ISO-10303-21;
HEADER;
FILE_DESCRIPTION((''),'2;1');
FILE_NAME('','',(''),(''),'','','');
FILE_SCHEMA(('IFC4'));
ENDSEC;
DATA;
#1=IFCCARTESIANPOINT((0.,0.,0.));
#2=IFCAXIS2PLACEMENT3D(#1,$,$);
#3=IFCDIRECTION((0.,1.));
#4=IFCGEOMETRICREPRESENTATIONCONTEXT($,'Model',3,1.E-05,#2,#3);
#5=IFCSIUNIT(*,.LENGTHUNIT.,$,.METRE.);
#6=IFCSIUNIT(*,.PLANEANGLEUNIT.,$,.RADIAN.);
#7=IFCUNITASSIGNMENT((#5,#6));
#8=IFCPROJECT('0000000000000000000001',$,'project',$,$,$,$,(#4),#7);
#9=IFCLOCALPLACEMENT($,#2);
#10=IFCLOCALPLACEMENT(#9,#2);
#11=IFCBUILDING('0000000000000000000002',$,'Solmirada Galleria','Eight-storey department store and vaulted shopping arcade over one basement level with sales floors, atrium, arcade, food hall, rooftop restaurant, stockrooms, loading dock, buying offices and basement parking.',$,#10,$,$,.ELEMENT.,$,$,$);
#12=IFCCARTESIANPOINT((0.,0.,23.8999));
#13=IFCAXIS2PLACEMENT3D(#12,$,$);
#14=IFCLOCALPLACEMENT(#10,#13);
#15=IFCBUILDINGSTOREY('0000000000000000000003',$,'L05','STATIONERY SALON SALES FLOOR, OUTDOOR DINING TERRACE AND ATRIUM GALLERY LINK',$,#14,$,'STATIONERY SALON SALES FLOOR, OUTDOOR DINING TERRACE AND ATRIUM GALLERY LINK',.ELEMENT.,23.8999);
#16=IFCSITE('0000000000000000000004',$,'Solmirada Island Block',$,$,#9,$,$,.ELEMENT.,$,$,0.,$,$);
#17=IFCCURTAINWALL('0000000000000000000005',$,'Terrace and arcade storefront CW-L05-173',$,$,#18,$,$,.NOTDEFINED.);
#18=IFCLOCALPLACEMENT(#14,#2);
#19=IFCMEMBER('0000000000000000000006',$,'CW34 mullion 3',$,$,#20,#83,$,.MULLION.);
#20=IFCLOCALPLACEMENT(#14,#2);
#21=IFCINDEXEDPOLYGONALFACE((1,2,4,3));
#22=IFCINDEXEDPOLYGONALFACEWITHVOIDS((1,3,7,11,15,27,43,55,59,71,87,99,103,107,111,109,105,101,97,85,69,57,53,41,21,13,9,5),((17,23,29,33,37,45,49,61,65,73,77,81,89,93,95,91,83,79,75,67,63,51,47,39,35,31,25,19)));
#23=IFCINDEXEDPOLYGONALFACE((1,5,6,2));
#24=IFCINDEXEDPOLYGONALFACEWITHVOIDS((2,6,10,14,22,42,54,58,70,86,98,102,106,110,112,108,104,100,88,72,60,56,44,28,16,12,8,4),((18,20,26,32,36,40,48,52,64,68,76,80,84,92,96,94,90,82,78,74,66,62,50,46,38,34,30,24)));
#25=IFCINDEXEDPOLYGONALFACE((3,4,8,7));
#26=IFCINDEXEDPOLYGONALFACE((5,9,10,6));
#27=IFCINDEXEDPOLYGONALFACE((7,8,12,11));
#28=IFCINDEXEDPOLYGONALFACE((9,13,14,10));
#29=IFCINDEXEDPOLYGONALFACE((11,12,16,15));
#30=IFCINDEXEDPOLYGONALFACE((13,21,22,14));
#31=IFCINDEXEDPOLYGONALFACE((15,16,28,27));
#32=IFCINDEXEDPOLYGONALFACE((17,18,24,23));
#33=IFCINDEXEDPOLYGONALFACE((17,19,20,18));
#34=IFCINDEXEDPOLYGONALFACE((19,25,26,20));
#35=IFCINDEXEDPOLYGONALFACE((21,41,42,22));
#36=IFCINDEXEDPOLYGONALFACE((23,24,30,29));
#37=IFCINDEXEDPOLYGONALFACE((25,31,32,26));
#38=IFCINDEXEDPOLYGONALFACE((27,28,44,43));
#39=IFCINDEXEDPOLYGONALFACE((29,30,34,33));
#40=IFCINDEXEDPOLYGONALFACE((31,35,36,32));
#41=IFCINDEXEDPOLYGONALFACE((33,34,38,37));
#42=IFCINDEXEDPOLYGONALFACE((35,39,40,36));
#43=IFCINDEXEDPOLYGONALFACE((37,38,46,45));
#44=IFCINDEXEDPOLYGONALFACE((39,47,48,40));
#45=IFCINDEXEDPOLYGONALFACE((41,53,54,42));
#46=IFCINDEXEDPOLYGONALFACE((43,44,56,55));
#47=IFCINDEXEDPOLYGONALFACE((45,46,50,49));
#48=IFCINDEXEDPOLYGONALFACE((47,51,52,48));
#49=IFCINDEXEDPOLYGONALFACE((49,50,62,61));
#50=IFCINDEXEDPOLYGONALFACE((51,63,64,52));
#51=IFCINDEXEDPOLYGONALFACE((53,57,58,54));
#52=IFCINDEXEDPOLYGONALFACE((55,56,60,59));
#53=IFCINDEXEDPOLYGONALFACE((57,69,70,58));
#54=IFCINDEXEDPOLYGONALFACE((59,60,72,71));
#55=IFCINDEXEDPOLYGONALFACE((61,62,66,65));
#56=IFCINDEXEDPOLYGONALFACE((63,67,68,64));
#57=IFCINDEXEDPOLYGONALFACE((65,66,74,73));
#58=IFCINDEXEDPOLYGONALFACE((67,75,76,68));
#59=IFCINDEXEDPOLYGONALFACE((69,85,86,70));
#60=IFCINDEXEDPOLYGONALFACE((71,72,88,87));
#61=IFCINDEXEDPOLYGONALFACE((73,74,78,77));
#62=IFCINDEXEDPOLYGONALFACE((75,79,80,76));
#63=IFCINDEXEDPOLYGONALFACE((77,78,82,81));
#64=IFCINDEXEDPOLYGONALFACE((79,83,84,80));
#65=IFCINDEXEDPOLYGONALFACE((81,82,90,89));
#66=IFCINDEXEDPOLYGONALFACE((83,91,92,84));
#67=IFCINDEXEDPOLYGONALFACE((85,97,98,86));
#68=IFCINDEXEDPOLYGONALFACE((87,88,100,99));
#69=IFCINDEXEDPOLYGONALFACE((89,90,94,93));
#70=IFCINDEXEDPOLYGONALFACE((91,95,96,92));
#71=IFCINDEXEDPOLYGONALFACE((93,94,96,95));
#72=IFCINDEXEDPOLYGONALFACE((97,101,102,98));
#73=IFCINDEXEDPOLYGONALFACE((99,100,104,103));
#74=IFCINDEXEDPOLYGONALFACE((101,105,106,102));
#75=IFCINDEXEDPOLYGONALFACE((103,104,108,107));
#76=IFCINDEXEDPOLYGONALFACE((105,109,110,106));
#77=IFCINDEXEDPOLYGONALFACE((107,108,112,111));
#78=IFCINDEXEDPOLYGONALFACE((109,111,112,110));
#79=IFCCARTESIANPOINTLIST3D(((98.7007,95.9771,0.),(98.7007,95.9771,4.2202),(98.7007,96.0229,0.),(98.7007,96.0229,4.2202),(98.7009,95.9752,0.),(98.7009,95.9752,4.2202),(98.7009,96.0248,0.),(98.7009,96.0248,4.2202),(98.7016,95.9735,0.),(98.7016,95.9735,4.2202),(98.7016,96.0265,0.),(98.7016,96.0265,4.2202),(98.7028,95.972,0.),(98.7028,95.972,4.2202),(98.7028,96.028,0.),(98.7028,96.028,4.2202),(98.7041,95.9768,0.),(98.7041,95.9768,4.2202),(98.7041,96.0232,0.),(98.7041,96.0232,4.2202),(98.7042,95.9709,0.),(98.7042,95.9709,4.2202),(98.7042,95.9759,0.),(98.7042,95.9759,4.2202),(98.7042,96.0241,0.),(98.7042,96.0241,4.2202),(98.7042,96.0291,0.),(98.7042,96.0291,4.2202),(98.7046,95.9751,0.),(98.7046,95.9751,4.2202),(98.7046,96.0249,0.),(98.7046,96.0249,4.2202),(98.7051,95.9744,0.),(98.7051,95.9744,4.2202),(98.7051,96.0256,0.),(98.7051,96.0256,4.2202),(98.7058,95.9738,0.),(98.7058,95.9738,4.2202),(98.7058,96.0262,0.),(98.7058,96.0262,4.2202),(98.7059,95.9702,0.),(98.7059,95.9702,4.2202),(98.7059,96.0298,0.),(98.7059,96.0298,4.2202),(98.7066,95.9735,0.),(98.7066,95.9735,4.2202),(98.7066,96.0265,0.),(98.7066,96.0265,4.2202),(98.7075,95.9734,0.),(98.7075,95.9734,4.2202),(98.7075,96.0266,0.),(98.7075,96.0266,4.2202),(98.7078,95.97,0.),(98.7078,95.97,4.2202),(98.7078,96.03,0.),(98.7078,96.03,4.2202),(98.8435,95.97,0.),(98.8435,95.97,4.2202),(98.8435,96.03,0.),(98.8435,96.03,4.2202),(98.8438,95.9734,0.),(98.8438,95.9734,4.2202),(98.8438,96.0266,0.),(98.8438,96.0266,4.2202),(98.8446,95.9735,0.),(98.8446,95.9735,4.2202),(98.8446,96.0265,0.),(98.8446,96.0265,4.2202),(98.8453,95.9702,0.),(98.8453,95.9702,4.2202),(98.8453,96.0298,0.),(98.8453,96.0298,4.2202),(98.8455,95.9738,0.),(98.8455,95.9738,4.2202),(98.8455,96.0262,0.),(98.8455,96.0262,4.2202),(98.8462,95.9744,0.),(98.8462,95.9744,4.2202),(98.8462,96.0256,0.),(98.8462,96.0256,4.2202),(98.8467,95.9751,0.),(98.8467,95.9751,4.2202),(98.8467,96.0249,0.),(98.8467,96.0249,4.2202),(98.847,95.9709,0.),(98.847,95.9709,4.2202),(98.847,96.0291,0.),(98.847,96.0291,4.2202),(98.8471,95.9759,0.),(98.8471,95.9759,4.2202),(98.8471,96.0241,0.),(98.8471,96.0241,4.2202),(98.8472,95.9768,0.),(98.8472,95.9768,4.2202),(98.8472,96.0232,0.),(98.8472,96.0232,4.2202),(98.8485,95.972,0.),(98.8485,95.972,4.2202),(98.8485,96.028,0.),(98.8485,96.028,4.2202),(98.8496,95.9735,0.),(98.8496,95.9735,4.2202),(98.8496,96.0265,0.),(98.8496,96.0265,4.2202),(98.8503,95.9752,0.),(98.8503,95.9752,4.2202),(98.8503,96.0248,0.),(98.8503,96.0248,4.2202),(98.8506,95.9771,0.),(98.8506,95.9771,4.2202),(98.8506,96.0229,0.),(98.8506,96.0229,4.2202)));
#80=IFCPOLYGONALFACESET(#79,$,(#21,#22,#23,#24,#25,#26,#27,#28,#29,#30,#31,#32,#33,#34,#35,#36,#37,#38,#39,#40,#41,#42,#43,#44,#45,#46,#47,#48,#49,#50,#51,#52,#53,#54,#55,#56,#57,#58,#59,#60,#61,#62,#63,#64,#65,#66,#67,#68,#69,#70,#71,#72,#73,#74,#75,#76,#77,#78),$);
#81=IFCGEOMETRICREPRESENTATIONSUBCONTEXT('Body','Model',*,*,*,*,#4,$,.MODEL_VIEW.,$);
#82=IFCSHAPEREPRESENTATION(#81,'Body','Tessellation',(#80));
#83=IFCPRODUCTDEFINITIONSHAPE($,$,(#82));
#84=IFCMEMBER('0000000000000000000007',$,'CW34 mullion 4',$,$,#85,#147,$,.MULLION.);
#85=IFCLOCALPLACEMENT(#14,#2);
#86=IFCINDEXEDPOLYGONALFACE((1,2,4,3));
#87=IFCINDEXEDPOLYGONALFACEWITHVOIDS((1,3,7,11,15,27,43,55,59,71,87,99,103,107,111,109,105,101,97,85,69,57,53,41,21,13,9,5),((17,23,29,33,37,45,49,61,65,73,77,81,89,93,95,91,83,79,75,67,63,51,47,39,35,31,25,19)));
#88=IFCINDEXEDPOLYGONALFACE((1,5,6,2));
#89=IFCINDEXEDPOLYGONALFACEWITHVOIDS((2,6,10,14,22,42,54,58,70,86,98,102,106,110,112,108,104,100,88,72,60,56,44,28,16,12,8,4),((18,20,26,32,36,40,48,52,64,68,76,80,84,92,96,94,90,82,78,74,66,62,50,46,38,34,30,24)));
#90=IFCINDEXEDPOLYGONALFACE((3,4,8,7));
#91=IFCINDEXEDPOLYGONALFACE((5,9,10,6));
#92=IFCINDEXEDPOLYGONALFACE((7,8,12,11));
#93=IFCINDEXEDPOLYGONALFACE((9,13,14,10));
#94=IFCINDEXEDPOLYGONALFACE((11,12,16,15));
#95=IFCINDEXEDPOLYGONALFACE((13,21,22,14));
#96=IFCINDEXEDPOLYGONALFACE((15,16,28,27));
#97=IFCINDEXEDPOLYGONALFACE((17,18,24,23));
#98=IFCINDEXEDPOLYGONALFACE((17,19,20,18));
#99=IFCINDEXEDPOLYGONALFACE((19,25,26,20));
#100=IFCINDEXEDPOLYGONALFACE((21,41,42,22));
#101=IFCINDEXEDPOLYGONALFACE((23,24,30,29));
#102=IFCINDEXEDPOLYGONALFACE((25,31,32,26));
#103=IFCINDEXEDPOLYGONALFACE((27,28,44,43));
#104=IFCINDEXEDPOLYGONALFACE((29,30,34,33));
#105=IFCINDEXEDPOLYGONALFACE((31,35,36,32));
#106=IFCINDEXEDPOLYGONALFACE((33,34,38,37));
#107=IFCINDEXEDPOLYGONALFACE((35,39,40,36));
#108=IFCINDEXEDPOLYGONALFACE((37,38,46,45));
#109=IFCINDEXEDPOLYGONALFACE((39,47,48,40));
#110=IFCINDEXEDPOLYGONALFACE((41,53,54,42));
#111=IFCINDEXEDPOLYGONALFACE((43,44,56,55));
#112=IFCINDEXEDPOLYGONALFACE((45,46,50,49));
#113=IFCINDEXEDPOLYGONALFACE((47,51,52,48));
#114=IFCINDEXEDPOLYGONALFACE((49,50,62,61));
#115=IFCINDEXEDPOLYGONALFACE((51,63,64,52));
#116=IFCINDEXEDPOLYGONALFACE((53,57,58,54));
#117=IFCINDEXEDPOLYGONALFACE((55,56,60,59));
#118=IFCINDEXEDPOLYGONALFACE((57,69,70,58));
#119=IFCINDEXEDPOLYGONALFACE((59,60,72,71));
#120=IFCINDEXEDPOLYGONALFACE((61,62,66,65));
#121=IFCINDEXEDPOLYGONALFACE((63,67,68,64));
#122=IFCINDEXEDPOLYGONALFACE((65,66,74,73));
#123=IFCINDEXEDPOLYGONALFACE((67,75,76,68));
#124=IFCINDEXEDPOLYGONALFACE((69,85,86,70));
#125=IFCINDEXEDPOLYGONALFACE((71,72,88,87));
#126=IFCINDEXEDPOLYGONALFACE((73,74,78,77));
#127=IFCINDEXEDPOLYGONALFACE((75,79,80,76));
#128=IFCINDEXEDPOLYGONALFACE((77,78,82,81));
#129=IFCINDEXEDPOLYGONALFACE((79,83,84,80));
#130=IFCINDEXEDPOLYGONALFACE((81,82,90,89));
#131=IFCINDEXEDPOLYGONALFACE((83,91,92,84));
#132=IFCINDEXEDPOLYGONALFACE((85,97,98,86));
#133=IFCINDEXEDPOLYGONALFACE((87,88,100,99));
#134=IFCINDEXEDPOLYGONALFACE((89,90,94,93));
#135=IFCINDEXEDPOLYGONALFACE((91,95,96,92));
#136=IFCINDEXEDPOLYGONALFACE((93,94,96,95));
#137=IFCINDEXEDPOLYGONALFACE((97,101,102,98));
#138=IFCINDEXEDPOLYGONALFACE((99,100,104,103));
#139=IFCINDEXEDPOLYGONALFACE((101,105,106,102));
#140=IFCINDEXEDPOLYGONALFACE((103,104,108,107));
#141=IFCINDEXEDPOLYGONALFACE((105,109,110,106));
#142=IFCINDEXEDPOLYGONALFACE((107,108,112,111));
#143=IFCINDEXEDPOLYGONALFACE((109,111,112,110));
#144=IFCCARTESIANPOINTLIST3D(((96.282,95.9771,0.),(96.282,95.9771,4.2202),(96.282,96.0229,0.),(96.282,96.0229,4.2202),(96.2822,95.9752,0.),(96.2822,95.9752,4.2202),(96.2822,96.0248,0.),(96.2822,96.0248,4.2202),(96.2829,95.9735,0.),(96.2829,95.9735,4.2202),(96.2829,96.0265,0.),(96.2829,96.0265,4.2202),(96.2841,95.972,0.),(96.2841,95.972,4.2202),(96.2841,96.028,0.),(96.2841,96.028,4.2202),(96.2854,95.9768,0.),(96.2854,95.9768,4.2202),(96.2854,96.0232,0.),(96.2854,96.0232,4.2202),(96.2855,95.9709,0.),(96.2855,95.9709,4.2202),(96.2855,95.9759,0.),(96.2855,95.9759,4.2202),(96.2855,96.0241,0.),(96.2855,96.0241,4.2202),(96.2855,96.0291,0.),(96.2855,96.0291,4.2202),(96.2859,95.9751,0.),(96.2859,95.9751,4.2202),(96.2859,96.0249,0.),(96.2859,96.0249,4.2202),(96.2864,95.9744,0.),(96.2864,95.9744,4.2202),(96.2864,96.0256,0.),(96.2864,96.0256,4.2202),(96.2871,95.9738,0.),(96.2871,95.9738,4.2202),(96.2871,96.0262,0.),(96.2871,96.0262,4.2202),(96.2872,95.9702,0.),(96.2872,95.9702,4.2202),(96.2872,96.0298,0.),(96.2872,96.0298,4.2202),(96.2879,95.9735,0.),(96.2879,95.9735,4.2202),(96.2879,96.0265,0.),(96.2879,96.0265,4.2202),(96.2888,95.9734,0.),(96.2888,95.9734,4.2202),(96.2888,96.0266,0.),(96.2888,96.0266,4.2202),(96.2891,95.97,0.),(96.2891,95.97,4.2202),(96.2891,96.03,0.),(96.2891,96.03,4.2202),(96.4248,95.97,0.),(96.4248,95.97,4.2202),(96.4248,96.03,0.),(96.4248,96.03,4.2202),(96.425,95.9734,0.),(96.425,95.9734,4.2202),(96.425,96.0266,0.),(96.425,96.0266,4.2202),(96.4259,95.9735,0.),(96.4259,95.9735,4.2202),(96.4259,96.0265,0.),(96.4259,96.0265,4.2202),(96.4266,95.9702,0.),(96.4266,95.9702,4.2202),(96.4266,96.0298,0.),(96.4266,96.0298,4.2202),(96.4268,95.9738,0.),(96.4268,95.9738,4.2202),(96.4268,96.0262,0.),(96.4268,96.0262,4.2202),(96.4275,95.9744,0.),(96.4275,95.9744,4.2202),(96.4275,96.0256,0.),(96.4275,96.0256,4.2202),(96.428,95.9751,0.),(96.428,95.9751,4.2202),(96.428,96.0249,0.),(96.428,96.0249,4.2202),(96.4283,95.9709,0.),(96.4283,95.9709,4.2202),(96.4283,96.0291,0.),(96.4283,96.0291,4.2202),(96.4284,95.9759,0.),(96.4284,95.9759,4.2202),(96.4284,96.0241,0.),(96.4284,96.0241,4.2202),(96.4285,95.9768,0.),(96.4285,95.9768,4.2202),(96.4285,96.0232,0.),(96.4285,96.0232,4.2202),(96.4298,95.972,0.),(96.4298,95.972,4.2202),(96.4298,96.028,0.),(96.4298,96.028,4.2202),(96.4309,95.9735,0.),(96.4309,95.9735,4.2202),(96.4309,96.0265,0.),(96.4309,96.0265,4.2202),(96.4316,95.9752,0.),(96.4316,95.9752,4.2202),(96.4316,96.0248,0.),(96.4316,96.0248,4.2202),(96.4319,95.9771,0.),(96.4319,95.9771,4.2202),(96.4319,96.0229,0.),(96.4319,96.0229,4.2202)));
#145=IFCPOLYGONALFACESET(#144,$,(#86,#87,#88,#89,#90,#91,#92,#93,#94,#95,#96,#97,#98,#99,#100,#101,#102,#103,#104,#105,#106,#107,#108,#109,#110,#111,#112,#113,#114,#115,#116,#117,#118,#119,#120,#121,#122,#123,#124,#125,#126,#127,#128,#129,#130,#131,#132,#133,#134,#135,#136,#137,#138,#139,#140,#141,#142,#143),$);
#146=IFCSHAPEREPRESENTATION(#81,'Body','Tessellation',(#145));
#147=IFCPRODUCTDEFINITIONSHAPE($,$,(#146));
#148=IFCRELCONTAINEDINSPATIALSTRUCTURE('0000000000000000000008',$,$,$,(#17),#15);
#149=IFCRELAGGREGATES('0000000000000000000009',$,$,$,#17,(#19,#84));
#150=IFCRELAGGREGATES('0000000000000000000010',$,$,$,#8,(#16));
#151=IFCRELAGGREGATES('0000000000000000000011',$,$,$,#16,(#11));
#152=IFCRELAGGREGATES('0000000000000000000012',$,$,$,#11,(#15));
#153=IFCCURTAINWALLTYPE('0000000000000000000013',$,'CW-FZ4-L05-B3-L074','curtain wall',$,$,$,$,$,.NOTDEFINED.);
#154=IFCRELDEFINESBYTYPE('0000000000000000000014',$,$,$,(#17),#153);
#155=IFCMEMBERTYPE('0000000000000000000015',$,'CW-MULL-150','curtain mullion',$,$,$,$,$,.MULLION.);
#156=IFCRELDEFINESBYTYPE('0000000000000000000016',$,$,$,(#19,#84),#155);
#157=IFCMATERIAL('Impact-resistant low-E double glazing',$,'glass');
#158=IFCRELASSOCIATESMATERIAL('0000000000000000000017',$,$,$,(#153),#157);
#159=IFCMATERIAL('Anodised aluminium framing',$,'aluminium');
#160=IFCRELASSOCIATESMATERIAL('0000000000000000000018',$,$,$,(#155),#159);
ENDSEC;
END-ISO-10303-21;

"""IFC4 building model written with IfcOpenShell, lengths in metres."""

from ifc_helpers import new_model, si_unit, direction, frame, origin, origin_2d, place, context, subcontext, project, spatial, hollow_rectangle, extrude, material, material_profile, profile_set, type_object, element, aggregate, save


model = new_model("IFC4")

# Units and contexts
model_context = context("Model", 3, precision=1e-05, world=origin(), true_north=direction((0.0, 1.0)))
body_context = subcontext(model_context, "Body", "Model", "MODEL_VIEW")
ifc_project = project(units=[si_unit("LENGTHUNIT", "METRE"), si_unit("PLANEANGLEUNIT", "RADIAN")], contexts=[model_context])

# Site, building, storey
site_placement = place(None, origin())
site = spatial("IfcSite", under=ifc_project, at=site_placement, Name="Solmirada Island Block", CompositionType="ELEMENT", RefElevation=0.0)
building_placement = place(site_placement, origin())
building = spatial("IfcBuilding", under=site, at=building_placement, Name="Solmirada Galleria", Description="Eight-storey department store and vaulted shopping arcade over one basement level with sales floors, atrium, arcade, food hall, rooftop restaurant, stockrooms, loading dock, buying offices and basement parking.", CompositionType="ELEMENT")
storey_placement = place(building_placement, frame((0.0, 0.0, 23.8999)))
storey = spatial("IfcBuildingStorey", under=building, at=storey_placement, Name="L05", Description="STATIONERY SALON SALES FLOOR, OUTDOOR DINING TERRACE AND ATRIUM GALLERY LINK", LongName="STATIONERY SALON SALES FLOOR, OUTDOOR DINING TERRACE AND ATRIUM GALLERY LINK", CompositionType="ELEMENT", Elevation=23.8999)

# Shared definitions
ifc_material_1 = material(Name="Impact-resistant low-E double glazing", Category="glass")
curtain_wall_type = type_object("IfcCurtainWallType", Name="CW-FZ4-L05-B3-L074", Description="curtain wall", PredefinedType="NOTDEFINED", material=ifc_material_1)
ifc_material_2 = material(Name="Anodised aluminium framing", Category="aluminium")
ifc_material_profile_1 = material_profile(ifc_material_2, hollow_rectangle(XDim=0.0601, YDim=0.1499, WallThickness=0.0034, InnerFilletRadius=0.0034, OuterFilletRadius=0.0071, at=origin_2d()), Name="ALU-MULL-150X60")
ifc_profile_set_1 = profile_set([ifc_material_profile_1], Name="Anodised aluminium framing")
member_type_1 = type_object("IfcMemberType", Name="CW-MULL-150", Description="curtain mullion", PredefinedType="MULLION", material=ifc_profile_set_1)

# Curtain wall, members
curtain_wall_1_placement = place(storey_placement, origin())
curtain_wall_1 = element("IfcCurtainWall", 1, at=curtain_wall_1_placement, inside=storey, type_object=curtain_wall_type, Name="Terrace and arcade storefront CW-L05-173", PredefinedType="NOTDEFINED")
member_1_placement = place(storey_placement, frame((98.7756, 96.0, 0.0), z_axis=(0.0, 0.0, 1.0), x_axis=(0.0, -1.0, 0.0)))
member_1 = element("IfcMember", 2, at=member_1_placement, type_object=member_type_1, Name="CW34 mullion 3", PredefinedType="MULLION", context=body_context, shape_type="SweptSolid", body=[
    extrude(hollow_rectangle(XDim=0.0601, YDim=0.1499, WallThickness=0.0034, InnerFilletRadius=0.0034, OuterFilletRadius=0.0071, at=origin_2d()), origin(), (0.0, 0.0, 1.0), 4.2202),
])
member_2_placement = place(storey_placement, frame((96.3569, 96.0, 0.0), z_axis=(0.0, 0.0, 1.0), x_axis=(0.0, -1.0, 0.0)))
member_2 = element("IfcMember", 3, at=member_2_placement, type_object=member_type_1, Name="CW34 mullion 4", PredefinedType="MULLION", context=body_context, shape_type="SweptSolid", body=[
    extrude(hollow_rectangle(XDim=0.0601, YDim=0.1499, WallThickness=0.0034, InnerFilletRadius=0.0034, OuterFilletRadius=0.0071, at=origin_2d()), origin(), (0.0, 0.0, 1.0), 4.2202),
])

aggregate(curtain_wall_1, [member_1, member_2])

save(model, "model.ifc")
